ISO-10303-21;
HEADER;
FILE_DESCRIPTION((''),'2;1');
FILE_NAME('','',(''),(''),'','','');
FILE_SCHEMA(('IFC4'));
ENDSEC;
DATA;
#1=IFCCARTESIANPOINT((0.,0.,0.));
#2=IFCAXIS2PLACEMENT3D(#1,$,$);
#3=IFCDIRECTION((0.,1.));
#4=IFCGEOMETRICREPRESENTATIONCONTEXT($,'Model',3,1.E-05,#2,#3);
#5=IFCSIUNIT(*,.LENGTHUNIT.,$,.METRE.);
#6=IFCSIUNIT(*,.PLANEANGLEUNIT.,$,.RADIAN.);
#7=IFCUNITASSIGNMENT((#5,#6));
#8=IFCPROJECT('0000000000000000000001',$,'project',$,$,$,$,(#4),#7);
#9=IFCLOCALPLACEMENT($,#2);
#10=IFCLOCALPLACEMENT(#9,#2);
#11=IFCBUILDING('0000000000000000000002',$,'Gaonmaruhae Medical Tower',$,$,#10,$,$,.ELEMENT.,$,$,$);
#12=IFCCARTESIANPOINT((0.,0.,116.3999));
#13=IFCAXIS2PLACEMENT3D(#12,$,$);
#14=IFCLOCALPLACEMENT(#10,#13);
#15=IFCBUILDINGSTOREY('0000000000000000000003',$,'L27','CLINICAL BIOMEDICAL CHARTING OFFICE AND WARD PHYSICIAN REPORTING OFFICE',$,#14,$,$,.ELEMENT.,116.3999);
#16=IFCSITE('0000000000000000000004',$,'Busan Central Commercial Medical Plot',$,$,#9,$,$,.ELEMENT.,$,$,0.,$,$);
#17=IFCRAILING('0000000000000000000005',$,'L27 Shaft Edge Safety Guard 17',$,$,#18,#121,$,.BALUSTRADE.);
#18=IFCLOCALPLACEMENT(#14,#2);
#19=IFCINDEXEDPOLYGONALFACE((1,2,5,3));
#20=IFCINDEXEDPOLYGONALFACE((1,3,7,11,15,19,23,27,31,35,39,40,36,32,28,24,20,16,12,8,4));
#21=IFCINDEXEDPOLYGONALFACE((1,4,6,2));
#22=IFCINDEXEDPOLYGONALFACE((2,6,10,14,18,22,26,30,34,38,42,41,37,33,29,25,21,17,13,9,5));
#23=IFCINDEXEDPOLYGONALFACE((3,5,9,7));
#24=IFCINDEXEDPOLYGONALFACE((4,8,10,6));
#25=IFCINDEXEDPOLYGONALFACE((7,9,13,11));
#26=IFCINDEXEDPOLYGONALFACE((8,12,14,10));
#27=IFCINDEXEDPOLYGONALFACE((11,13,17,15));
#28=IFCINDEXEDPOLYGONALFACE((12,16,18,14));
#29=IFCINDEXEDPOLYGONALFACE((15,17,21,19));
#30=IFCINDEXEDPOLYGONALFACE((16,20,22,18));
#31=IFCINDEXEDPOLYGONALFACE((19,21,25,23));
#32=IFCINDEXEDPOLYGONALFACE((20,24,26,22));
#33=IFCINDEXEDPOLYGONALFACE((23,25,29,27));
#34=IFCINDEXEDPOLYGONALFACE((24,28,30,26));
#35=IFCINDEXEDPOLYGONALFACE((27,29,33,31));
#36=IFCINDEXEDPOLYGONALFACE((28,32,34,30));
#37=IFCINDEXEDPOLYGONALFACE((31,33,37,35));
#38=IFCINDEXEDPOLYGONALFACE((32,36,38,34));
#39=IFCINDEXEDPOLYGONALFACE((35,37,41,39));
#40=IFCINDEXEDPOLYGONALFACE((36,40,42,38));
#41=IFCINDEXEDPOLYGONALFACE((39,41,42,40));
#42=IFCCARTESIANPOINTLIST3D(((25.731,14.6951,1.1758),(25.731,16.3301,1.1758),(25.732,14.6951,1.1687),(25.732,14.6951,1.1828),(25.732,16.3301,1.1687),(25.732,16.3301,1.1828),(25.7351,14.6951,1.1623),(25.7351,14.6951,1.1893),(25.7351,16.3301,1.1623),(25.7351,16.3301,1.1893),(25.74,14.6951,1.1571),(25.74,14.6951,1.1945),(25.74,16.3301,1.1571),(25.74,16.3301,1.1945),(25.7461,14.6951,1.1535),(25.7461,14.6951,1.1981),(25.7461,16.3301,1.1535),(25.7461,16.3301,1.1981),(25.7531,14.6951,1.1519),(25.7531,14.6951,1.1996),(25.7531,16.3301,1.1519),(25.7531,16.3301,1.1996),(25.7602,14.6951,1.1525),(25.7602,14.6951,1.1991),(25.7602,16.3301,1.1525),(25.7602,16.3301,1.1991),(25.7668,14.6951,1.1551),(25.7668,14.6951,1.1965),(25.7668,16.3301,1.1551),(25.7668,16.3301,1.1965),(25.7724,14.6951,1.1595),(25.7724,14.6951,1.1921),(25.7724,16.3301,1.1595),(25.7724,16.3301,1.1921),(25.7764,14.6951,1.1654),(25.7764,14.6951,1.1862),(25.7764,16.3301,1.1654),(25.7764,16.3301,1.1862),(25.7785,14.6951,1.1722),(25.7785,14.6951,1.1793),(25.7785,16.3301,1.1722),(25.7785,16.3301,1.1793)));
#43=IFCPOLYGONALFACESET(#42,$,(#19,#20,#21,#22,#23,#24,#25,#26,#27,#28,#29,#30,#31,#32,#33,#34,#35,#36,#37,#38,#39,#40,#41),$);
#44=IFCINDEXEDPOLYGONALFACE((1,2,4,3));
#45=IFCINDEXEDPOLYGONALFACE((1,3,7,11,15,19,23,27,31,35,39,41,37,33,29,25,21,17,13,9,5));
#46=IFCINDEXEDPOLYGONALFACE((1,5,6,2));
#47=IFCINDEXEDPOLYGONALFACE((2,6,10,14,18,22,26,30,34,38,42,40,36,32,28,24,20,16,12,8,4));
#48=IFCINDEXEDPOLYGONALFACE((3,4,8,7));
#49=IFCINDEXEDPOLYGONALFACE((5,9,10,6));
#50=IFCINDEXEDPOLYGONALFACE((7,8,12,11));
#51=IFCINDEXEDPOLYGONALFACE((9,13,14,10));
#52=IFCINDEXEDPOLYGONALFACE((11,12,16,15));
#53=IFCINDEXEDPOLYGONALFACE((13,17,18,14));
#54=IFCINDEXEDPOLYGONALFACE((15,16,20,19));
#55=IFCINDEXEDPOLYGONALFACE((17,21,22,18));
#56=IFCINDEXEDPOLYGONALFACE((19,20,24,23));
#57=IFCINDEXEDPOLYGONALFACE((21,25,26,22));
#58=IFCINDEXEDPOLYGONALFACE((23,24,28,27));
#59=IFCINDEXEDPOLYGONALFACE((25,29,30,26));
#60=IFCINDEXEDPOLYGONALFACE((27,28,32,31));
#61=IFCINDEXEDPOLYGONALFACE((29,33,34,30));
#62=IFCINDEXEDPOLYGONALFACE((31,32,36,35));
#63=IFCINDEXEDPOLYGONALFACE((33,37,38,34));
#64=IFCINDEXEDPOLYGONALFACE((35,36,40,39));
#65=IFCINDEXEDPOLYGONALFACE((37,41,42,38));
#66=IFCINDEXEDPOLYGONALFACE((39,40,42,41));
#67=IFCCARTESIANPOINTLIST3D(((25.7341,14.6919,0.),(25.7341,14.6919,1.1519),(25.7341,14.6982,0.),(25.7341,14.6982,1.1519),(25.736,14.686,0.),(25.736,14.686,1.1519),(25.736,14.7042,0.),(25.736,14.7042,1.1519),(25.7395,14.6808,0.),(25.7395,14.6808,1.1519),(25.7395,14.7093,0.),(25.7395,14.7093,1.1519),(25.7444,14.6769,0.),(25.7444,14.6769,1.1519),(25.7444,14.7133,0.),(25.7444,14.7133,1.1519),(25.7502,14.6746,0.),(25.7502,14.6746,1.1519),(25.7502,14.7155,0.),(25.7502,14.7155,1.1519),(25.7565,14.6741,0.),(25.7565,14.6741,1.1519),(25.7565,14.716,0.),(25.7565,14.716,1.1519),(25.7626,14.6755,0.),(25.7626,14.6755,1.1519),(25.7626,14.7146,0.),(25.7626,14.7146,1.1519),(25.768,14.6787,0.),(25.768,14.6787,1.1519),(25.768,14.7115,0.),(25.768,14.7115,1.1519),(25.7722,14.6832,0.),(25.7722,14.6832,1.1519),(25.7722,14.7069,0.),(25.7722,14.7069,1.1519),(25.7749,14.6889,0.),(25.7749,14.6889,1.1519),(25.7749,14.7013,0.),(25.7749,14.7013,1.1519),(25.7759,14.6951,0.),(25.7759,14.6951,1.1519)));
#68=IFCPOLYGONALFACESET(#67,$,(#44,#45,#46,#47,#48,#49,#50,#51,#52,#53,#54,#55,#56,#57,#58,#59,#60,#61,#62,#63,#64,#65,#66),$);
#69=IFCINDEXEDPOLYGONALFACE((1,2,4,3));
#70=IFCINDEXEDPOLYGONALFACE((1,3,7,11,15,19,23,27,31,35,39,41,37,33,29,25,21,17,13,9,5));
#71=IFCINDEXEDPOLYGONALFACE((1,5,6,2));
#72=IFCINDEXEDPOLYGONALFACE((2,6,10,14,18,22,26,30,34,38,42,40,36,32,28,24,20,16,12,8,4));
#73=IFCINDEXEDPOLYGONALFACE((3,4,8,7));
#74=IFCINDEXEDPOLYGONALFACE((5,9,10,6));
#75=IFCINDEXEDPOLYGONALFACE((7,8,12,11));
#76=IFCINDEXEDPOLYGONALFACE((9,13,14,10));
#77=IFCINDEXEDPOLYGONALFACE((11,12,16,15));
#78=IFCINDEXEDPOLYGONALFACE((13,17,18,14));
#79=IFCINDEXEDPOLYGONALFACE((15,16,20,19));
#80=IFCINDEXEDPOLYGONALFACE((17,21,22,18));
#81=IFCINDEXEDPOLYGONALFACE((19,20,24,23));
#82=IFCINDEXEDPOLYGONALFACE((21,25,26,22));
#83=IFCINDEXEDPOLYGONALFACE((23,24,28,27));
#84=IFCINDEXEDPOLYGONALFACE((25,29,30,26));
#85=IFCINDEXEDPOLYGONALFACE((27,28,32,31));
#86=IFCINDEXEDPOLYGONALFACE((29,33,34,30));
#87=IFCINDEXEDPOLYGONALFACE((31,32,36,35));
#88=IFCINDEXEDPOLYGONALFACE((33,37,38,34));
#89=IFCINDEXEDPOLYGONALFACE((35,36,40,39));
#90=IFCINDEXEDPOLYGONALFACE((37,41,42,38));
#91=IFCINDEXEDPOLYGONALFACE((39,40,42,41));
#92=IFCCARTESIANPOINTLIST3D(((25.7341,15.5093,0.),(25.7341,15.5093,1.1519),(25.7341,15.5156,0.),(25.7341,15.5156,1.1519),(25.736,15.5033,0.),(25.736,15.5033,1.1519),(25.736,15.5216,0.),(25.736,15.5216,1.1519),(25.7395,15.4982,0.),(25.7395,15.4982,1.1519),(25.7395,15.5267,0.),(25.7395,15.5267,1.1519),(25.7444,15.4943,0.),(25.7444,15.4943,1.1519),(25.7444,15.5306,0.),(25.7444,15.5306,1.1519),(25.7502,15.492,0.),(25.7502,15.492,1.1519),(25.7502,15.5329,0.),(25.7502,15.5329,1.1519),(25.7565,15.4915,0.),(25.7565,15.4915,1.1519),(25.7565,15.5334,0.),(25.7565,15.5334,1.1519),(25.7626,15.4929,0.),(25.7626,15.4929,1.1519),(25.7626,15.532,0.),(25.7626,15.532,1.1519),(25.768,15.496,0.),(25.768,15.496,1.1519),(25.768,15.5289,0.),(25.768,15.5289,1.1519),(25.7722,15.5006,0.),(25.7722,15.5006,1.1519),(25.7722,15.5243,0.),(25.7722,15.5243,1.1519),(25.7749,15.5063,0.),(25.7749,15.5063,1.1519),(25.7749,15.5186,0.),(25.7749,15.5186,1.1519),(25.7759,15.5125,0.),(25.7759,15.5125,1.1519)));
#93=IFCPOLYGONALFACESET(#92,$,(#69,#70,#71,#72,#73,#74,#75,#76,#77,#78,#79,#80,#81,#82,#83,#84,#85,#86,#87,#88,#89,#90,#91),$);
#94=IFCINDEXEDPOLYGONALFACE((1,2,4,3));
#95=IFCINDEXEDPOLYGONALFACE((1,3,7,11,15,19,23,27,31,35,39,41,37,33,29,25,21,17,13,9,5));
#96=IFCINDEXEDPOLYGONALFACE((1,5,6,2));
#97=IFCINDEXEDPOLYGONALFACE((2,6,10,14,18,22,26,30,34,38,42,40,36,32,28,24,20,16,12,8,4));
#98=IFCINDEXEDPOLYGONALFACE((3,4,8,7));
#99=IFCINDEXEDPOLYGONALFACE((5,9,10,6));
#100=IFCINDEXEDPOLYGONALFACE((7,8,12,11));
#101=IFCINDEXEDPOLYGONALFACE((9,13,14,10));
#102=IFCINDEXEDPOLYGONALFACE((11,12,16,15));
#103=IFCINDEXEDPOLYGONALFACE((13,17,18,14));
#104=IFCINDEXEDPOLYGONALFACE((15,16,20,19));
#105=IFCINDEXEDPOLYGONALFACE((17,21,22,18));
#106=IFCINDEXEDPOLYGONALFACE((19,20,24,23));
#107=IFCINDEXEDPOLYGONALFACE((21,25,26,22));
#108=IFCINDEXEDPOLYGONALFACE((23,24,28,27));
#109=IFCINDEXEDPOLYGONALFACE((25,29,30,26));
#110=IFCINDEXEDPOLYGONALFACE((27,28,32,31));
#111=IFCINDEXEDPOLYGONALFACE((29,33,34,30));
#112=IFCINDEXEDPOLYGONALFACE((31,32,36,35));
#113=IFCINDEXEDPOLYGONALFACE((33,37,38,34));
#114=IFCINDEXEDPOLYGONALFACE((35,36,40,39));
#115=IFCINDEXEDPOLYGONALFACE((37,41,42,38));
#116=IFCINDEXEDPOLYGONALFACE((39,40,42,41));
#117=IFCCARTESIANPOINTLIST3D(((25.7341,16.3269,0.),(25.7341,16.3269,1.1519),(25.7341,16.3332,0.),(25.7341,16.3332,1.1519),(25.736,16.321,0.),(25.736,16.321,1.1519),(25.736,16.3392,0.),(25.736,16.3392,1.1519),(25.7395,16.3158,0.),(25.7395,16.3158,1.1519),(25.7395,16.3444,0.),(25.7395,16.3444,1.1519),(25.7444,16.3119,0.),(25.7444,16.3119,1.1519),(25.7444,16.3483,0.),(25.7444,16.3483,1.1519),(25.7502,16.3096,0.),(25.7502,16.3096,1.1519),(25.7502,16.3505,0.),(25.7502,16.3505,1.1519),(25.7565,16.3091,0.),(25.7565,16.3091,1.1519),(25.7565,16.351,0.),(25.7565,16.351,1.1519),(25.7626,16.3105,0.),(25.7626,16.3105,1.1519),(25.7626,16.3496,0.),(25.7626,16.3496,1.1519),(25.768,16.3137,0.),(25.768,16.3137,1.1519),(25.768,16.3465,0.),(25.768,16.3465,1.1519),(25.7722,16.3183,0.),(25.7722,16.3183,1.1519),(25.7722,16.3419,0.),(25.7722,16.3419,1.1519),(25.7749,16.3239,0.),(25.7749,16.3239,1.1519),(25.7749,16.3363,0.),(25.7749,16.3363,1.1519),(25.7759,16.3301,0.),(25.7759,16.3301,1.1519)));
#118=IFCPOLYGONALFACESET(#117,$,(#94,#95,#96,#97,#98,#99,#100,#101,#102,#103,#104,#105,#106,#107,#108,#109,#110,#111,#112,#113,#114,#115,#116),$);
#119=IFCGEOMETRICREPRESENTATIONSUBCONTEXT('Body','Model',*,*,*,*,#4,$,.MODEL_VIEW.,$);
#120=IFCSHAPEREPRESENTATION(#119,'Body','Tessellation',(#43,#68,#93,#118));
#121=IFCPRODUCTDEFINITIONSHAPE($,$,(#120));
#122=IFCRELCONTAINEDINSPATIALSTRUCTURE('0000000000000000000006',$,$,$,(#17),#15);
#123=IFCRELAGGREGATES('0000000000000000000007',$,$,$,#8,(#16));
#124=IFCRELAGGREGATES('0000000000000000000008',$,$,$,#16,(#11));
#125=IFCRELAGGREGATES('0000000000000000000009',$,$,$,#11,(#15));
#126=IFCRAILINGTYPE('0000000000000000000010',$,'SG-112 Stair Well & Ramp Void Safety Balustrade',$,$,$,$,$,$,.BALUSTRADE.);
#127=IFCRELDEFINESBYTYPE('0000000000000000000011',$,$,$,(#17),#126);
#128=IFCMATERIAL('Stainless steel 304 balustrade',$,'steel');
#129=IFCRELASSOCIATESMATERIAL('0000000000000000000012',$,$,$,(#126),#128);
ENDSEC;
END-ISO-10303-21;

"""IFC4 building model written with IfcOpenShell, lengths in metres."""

from ifc_helpers import new_model, si_unit, direction, frame, origin, origin_2d, place, context, subcontext, project, spatial, circle, extrude, material, type_object, element, save


model = new_model("IFC4")

# Units and contexts
model_context = context("Model", 3, precision=1e-05, world=origin(), true_north=direction((0.0, 1.0)))
body_context = subcontext(model_context, "Body", "Model", "MODEL_VIEW")
ifc_project = project(units=[si_unit("LENGTHUNIT", "METRE"), si_unit("PLANEANGLEUNIT", "RADIAN")], contexts=[model_context])

# Site, building, storey
site_placement = place(None, origin())
site = spatial("IfcSite", under=ifc_project, at=site_placement, Name="Busan Central Commercial Medical Plot", CompositionType="ELEMENT", RefElevation=0.0)
building_placement = place(site_placement, origin())
building = spatial("IfcBuilding", under=site, at=building_placement, Name="Gaonmaruhae Medical Tower", CompositionType="ELEMENT")
storey_placement = place(building_placement, frame((0.0, 0.0, 116.3999)))
storey = spatial("IfcBuildingStorey", under=building, at=storey_placement, Name="L27", Description="CLINICAL BIOMEDICAL CHARTING OFFICE AND WARD PHYSICIAN REPORTING OFFICE", CompositionType="ELEMENT", Elevation=116.3999)

# Railing
ifc_material_1 = material(Name="Stainless steel 304 balustrade", Category="steel")
railing_type_1 = type_object("IfcRailingType", Name="SG-112 Stair Well & Ramp Void Safety Balustrade", PredefinedType="BALUSTRADE", material=ifc_material_1)
railing_1_placement = place(storey_placement, frame((25.7549, 14.6951, 0.0)))
element("IfcRailing", 1, at=railing_1_placement, inside=storey, type_object=railing_type_1, Name="L27 Shaft Edge Safety Guard 17", PredefinedType="BALUSTRADE", context=body_context, shape_type="SweptSolid", body=[
    extrude(circle(Radius=0.0239, at=origin_2d()), frame((0.0, 0.0, 1.1758), z_axis=(0.0, 1.0, 0.0), x_axis=(-1.0, 0.0, 0.0)), (0.0, 0.0, 1.0), 1.635),
    extrude(circle(Radius=0.021, at=origin_2d()), origin(), (0.0, 0.0, 1.0), 1.1519),
    extrude(circle(Radius=0.021, at=origin_2d()), frame((0.0, 0.8174, 0.0)), (0.0, 0.0, 1.0), 1.1519),
    extrude(circle(Radius=0.021, at=origin_2d()), frame((0.0, 1.635, 0.0)), (0.0, 0.0, 1.0), 1.1519),
])

save(model, "model.ifc")
